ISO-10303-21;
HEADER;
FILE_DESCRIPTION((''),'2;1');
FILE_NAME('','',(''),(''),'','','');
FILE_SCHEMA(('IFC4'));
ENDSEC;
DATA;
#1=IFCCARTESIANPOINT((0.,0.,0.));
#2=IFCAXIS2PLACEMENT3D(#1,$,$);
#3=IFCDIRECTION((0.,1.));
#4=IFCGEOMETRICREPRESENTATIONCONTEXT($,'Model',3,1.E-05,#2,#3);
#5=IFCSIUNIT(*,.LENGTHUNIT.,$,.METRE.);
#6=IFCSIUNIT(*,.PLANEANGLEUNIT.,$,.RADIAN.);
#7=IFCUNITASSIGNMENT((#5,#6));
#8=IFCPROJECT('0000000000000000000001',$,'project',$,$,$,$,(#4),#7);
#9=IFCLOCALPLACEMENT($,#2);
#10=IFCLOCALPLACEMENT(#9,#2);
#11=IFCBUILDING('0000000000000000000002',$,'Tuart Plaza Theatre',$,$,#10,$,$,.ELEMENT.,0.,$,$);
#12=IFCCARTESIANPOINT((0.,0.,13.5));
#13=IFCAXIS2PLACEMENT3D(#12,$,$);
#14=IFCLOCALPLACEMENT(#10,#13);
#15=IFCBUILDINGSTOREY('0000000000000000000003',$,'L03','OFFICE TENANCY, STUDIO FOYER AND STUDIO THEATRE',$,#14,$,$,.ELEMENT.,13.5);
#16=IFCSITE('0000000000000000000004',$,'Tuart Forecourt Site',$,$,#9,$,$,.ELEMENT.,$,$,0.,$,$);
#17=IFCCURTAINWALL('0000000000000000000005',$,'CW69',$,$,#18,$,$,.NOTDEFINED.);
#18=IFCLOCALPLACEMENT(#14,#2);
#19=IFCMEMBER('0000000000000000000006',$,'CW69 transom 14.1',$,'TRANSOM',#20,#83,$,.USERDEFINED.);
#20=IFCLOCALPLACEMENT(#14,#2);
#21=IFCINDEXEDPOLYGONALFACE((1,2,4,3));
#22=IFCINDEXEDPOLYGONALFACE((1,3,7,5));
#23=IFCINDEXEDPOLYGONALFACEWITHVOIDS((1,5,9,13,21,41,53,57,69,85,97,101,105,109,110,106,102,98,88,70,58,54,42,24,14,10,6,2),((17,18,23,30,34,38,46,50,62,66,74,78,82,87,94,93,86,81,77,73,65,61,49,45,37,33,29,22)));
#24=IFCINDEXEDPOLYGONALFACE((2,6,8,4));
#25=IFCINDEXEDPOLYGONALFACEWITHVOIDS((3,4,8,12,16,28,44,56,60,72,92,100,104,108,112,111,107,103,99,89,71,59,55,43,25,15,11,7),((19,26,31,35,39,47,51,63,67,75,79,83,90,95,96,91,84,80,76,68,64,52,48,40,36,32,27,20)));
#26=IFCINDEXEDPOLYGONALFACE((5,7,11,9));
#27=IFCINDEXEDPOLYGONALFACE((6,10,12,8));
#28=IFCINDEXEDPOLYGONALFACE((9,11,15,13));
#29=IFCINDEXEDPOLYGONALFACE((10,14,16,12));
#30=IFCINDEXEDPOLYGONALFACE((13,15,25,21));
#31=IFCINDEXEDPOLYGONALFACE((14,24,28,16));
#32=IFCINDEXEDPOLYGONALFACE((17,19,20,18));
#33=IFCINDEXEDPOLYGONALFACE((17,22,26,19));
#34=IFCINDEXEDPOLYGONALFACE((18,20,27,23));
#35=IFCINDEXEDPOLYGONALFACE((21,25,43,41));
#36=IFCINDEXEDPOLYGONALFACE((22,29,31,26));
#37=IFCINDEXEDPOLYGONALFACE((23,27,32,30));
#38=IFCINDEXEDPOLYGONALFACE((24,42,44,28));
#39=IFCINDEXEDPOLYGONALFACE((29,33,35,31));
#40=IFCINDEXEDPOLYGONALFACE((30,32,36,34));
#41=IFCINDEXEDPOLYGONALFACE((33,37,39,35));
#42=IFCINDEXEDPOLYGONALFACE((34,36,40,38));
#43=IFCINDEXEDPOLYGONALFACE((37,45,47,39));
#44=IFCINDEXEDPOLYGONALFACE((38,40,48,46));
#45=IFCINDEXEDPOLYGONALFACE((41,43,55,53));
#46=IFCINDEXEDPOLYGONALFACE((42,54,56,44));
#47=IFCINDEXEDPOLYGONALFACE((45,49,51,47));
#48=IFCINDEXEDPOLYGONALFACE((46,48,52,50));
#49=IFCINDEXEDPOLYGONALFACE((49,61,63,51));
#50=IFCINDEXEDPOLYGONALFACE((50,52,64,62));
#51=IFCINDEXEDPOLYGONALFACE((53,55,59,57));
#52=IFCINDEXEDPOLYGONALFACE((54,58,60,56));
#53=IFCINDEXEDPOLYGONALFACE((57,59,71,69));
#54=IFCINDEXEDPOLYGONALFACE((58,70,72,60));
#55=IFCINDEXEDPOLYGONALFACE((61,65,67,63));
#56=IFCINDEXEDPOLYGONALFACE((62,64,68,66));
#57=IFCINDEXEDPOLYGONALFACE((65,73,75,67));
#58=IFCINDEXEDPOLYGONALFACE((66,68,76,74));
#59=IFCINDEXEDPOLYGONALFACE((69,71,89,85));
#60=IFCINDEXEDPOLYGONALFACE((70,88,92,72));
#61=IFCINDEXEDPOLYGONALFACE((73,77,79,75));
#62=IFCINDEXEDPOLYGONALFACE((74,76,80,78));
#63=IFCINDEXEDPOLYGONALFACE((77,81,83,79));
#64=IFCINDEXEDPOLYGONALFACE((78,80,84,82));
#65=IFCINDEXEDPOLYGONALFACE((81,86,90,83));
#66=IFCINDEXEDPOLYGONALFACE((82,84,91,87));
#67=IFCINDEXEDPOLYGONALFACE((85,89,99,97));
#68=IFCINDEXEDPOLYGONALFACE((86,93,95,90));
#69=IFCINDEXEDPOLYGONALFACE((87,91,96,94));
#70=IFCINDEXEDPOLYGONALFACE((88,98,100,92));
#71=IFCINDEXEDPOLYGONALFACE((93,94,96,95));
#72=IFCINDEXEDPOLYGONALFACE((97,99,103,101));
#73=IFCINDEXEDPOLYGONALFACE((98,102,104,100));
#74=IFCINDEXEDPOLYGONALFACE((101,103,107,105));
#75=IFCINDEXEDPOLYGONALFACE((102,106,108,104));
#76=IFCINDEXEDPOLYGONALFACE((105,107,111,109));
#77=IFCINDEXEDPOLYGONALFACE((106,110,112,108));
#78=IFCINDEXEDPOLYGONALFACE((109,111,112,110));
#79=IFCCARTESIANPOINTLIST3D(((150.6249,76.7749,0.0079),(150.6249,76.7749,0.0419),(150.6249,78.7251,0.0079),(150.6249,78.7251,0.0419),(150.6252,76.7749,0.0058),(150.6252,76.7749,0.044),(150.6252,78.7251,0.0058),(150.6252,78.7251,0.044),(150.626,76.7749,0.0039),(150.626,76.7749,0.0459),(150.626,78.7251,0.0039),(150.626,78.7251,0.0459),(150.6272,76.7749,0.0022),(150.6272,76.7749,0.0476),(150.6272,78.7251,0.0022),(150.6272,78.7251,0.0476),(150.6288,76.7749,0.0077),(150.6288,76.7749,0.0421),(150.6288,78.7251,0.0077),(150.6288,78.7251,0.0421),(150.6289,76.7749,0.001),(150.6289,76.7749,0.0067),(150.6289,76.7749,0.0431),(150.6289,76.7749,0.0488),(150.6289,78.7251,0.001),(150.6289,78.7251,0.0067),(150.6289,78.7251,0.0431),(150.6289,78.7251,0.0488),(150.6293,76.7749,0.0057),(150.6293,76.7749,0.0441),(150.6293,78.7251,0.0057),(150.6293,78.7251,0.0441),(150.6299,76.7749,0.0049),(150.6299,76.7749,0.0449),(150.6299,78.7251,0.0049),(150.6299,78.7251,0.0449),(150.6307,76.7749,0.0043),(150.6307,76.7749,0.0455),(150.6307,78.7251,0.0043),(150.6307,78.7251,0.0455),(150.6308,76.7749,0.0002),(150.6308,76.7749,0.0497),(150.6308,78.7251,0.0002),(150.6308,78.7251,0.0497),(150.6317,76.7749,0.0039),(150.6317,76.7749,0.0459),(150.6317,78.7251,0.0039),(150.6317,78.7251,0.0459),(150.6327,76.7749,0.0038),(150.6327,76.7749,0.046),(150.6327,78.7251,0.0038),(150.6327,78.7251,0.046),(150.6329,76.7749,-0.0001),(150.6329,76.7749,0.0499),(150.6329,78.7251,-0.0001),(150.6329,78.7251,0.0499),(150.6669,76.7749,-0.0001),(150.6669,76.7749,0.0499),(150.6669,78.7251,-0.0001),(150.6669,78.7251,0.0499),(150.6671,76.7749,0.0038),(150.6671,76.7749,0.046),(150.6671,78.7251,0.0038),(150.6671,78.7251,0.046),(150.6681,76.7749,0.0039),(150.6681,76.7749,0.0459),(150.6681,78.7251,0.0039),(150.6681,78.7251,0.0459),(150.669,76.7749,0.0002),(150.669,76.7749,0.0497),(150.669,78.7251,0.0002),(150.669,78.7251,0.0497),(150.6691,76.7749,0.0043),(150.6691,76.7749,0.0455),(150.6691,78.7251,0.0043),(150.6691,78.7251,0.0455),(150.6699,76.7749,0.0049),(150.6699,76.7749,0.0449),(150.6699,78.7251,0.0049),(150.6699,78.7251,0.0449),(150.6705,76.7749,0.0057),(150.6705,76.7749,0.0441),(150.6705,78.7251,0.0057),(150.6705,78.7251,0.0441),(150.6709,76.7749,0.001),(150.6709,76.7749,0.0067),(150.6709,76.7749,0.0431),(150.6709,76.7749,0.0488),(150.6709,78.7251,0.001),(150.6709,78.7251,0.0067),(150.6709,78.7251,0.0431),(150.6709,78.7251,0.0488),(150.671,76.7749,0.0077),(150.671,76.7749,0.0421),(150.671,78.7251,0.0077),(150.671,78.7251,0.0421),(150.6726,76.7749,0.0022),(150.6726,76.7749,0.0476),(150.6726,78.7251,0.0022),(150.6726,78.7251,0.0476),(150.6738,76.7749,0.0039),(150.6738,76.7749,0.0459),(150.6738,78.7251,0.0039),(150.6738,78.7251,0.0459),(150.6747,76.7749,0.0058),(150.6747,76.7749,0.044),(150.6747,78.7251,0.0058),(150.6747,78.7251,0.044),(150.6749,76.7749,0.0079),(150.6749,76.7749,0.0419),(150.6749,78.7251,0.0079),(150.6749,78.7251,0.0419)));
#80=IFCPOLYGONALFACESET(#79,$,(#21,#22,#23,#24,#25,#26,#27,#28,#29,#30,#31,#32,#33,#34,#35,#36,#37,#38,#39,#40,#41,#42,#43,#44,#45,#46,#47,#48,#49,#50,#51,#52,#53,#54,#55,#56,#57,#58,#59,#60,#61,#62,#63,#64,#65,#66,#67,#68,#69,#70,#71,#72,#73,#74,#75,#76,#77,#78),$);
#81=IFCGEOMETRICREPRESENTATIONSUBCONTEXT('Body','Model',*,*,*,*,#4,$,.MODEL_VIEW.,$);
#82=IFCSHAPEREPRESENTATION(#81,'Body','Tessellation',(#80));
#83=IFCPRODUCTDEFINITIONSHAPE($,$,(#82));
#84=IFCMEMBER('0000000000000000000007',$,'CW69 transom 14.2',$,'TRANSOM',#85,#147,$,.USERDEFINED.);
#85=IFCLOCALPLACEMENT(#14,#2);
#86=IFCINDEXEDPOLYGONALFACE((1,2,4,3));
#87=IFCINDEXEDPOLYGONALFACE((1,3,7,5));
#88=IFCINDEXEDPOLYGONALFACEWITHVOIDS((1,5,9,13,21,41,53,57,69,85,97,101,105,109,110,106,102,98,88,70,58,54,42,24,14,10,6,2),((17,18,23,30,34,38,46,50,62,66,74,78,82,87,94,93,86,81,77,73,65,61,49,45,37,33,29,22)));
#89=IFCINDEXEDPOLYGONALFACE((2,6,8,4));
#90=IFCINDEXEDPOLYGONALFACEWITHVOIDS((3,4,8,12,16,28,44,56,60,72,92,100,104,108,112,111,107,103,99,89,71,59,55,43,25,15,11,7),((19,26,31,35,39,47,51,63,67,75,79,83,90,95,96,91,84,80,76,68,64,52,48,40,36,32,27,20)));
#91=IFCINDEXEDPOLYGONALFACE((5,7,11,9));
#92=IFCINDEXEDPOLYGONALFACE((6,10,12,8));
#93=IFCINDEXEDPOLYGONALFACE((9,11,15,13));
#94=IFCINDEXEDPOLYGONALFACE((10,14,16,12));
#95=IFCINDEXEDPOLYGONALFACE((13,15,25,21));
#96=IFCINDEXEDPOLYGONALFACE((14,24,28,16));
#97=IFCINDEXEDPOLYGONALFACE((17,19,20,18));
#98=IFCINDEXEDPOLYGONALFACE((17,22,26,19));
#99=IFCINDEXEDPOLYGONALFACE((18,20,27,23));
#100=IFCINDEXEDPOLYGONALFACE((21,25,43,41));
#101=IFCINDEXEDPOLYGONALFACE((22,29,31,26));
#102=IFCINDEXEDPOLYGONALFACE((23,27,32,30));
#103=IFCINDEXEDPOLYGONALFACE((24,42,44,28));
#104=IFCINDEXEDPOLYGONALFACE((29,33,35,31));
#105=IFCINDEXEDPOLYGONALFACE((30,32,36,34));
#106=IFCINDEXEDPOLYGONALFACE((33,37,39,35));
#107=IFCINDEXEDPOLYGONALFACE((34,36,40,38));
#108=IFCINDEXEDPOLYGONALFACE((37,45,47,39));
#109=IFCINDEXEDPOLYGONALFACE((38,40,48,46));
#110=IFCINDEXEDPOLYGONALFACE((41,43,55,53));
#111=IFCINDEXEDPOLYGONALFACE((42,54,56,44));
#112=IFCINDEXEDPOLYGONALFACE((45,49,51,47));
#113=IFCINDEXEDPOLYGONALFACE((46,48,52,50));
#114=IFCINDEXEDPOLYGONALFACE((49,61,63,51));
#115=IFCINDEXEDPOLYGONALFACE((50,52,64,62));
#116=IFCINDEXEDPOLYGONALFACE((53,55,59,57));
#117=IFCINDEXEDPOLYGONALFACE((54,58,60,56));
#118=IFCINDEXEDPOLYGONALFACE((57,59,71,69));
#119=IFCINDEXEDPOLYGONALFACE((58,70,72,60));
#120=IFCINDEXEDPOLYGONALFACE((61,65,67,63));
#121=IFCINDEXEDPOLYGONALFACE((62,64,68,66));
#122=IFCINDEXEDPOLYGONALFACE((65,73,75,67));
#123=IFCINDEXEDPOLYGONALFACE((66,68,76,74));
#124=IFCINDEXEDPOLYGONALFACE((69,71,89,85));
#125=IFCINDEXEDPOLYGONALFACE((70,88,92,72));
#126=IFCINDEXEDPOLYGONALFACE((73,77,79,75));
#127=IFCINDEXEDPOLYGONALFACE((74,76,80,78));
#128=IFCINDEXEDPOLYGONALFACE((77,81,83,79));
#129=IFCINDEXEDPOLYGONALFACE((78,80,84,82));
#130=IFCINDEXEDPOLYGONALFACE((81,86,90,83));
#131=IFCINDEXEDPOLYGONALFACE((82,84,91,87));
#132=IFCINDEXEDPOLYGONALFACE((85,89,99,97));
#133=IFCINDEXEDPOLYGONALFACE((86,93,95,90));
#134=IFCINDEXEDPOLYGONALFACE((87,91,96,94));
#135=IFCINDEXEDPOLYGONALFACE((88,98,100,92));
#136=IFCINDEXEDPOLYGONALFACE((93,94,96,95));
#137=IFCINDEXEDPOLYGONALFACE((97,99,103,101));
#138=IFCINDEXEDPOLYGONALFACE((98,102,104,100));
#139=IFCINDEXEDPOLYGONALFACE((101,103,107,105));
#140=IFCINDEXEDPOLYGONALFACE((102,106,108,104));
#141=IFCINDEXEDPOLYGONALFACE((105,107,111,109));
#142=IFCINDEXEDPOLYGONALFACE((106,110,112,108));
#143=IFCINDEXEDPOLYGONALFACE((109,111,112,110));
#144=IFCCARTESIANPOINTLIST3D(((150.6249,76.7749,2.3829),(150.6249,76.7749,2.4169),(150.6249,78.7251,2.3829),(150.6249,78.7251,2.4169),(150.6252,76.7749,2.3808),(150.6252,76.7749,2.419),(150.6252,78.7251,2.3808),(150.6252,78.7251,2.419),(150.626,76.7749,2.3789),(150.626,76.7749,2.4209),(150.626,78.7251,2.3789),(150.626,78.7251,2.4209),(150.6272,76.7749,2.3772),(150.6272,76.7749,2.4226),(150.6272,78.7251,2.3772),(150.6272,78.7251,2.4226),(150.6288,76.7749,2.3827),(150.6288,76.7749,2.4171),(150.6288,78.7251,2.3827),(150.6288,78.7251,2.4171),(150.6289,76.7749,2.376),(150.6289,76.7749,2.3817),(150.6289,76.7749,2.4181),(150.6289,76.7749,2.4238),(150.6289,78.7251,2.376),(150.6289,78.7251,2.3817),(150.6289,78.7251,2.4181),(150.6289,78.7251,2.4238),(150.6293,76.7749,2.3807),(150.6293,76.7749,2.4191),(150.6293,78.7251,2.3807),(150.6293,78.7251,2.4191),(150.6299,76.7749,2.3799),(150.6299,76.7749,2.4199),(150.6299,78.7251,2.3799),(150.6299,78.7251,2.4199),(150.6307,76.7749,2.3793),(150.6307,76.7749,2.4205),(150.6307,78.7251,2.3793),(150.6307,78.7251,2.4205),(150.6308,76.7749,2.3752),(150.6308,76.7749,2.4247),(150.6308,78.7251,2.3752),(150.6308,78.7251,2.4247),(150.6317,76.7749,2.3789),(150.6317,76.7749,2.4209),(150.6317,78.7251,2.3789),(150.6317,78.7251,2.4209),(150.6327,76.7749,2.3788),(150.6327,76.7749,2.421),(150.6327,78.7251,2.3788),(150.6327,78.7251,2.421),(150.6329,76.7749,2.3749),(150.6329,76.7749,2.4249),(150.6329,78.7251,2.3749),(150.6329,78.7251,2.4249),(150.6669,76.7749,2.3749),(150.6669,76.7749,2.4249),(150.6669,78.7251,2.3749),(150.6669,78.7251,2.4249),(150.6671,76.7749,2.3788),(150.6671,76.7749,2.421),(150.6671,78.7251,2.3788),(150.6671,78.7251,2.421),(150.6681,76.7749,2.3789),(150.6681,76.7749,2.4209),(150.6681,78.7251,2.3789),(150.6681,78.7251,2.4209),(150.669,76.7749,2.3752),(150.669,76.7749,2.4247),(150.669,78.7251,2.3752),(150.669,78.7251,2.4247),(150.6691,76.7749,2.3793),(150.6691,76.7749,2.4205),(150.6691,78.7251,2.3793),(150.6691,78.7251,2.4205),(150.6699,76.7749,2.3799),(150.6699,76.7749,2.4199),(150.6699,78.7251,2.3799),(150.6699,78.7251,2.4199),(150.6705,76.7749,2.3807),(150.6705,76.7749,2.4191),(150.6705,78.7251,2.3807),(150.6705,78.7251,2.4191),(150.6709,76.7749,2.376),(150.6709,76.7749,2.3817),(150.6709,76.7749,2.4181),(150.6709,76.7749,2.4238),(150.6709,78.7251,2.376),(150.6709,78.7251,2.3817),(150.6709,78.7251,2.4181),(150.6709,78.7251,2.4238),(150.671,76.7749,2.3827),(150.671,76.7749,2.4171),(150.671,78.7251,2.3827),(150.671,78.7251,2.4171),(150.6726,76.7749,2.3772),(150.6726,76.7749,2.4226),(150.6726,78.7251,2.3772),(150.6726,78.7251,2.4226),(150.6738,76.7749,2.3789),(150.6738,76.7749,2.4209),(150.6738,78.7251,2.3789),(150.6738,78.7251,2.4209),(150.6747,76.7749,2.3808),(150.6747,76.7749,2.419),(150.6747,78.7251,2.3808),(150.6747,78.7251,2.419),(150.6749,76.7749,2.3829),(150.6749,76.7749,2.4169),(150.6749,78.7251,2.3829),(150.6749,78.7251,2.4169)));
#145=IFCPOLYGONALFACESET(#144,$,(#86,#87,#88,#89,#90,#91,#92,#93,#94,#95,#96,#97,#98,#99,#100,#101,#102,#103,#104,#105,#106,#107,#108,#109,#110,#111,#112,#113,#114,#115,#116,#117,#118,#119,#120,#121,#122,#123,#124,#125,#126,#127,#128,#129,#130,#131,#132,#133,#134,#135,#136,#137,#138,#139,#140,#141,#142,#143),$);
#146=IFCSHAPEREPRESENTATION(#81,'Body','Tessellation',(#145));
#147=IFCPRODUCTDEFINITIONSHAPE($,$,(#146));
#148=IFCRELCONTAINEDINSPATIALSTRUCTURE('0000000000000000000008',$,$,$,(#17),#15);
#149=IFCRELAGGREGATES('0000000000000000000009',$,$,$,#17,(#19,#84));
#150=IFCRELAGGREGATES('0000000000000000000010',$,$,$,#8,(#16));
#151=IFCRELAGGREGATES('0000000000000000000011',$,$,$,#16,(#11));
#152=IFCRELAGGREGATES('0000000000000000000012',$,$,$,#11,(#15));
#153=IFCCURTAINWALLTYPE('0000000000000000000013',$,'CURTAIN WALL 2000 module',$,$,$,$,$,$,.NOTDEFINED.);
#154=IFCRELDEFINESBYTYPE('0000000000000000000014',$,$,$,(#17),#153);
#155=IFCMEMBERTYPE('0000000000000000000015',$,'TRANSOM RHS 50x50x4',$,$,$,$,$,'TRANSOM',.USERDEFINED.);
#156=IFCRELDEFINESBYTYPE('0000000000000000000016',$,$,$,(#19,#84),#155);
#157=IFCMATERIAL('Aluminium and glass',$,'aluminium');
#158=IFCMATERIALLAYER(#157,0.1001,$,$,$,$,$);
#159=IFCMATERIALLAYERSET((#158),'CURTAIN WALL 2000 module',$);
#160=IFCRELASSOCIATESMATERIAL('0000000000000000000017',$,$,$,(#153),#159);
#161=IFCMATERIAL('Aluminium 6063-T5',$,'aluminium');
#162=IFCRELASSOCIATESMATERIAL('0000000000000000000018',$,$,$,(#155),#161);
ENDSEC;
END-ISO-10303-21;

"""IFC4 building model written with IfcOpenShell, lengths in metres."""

from ifc_helpers import new_model, si_unit, direction, frame, origin, origin_2d, place, context, subcontext, project, spatial, hollow_rectangle, extrude, material, layer, layer_set, material_profile, profile_set, type_object, element, aggregate, save


model = new_model("IFC4")

# Units and contexts
model_context = context("Model", 3, precision=1e-05, world=origin(), true_north=direction((0.0, 1.0)))
body_context = subcontext(model_context, "Body", "Model", "MODEL_VIEW")
ifc_project = project(units=[si_unit("LENGTHUNIT", "METRE"), si_unit("PLANEANGLEUNIT", "RADIAN")], contexts=[model_context])

# Site, building, storey
site_placement = place(None, origin())
site = spatial("IfcSite", under=ifc_project, at=site_placement, Name="Tuart Forecourt Site", CompositionType="ELEMENT", RefElevation=0.0)
building_placement = place(site_placement, origin())
building = spatial("IfcBuilding", under=site, at=building_placement, Name="Tuart Plaza Theatre", CompositionType="ELEMENT", ElevationOfRefHeight=0.0)
storey_placement = place(building_placement, frame((0.0, 0.0, 13.5)))
storey = spatial("IfcBuildingStorey", under=building, at=storey_placement, Name="L03", Description="OFFICE TENANCY, STUDIO FOYER AND STUDIO THEATRE", CompositionType="ELEMENT", Elevation=13.5)

# Curtain wall, members
ifc_material_1 = material(Name="Aluminium and glass", Category="aluminium")
ifc_layer_1 = layer(ifc_material_1, 0.1001)
ifc_layer_set_1 = layer_set([ifc_layer_1], Name="CURTAIN WALL 2000 module")
curtain_wall_type = type_object("IfcCurtainWallType", Name="CURTAIN WALL 2000 module", PredefinedType="NOTDEFINED", material=ifc_layer_set_1)
curtain_wall_placement = place(storey_placement, origin())
curtain_wall = element("IfcCurtainWall", 1, at=curtain_wall_placement, inside=storey, type_object=curtain_wall_type, Name="CW69", PredefinedType="NOTDEFINED")
ifc_material_2 = material(Name="Aluminium 6063-T5", Category="aluminium")
ifc_material_profile_1 = material_profile(ifc_material_2, hollow_rectangle(XDim=0.05, YDim=0.05, WallThickness=0.0039, InnerFilletRadius=0.0039, OuterFilletRadius=0.0081, at=origin_2d()), Name="RHS 50x50x4")
ifc_profile_set_1 = profile_set([ifc_material_profile_1], Name="Aluminium 6063-T5")
member_type_1 = type_object("IfcMemberType", Name="TRANSOM RHS 50x50x4", ElementType="TRANSOM", PredefinedType="USERDEFINED", material=ifc_profile_set_1)
member_1_placement = place(storey_placement, frame((150.6499, 76.7749, 0.0249), z_axis=(0.0, 1.0, 0.0), x_axis=(-1.0, 0.0, 0.0)))
member_1 = element("IfcMember", 2, at=member_1_placement, type_object=member_type_1, Name="CW69 transom 14.1", ObjectType="TRANSOM", PredefinedType="USERDEFINED", context=body_context, shape_type="SweptSolid", body=[
    extrude(hollow_rectangle(XDim=0.05, YDim=0.05, WallThickness=0.0039, InnerFilletRadius=0.0039, OuterFilletRadius=0.0081, at=origin_2d()), origin(), (0.0, 0.0, 1.0), 1.9502),
])
member_2_placement = place(storey_placement, frame((150.6499, 76.7749, 2.3999), z_axis=(0.0, 1.0, 0.0), x_axis=(-1.0, 0.0, 0.0)))
member_2 = element("IfcMember", 3, at=member_2_placement, type_object=member_type_1, Name="CW69 transom 14.2", ObjectType="TRANSOM", PredefinedType="USERDEFINED", context=body_context, shape_type="SweptSolid", body=[
    extrude(hollow_rectangle(XDim=0.05, YDim=0.05, WallThickness=0.0039, InnerFilletRadius=0.0039, OuterFilletRadius=0.0081, at=origin_2d()), origin(), (0.0, 0.0, 1.0), 1.9502),
])
aggregate(curtain_wall, [member_1, member_2])

save(model, "model.ifc")
